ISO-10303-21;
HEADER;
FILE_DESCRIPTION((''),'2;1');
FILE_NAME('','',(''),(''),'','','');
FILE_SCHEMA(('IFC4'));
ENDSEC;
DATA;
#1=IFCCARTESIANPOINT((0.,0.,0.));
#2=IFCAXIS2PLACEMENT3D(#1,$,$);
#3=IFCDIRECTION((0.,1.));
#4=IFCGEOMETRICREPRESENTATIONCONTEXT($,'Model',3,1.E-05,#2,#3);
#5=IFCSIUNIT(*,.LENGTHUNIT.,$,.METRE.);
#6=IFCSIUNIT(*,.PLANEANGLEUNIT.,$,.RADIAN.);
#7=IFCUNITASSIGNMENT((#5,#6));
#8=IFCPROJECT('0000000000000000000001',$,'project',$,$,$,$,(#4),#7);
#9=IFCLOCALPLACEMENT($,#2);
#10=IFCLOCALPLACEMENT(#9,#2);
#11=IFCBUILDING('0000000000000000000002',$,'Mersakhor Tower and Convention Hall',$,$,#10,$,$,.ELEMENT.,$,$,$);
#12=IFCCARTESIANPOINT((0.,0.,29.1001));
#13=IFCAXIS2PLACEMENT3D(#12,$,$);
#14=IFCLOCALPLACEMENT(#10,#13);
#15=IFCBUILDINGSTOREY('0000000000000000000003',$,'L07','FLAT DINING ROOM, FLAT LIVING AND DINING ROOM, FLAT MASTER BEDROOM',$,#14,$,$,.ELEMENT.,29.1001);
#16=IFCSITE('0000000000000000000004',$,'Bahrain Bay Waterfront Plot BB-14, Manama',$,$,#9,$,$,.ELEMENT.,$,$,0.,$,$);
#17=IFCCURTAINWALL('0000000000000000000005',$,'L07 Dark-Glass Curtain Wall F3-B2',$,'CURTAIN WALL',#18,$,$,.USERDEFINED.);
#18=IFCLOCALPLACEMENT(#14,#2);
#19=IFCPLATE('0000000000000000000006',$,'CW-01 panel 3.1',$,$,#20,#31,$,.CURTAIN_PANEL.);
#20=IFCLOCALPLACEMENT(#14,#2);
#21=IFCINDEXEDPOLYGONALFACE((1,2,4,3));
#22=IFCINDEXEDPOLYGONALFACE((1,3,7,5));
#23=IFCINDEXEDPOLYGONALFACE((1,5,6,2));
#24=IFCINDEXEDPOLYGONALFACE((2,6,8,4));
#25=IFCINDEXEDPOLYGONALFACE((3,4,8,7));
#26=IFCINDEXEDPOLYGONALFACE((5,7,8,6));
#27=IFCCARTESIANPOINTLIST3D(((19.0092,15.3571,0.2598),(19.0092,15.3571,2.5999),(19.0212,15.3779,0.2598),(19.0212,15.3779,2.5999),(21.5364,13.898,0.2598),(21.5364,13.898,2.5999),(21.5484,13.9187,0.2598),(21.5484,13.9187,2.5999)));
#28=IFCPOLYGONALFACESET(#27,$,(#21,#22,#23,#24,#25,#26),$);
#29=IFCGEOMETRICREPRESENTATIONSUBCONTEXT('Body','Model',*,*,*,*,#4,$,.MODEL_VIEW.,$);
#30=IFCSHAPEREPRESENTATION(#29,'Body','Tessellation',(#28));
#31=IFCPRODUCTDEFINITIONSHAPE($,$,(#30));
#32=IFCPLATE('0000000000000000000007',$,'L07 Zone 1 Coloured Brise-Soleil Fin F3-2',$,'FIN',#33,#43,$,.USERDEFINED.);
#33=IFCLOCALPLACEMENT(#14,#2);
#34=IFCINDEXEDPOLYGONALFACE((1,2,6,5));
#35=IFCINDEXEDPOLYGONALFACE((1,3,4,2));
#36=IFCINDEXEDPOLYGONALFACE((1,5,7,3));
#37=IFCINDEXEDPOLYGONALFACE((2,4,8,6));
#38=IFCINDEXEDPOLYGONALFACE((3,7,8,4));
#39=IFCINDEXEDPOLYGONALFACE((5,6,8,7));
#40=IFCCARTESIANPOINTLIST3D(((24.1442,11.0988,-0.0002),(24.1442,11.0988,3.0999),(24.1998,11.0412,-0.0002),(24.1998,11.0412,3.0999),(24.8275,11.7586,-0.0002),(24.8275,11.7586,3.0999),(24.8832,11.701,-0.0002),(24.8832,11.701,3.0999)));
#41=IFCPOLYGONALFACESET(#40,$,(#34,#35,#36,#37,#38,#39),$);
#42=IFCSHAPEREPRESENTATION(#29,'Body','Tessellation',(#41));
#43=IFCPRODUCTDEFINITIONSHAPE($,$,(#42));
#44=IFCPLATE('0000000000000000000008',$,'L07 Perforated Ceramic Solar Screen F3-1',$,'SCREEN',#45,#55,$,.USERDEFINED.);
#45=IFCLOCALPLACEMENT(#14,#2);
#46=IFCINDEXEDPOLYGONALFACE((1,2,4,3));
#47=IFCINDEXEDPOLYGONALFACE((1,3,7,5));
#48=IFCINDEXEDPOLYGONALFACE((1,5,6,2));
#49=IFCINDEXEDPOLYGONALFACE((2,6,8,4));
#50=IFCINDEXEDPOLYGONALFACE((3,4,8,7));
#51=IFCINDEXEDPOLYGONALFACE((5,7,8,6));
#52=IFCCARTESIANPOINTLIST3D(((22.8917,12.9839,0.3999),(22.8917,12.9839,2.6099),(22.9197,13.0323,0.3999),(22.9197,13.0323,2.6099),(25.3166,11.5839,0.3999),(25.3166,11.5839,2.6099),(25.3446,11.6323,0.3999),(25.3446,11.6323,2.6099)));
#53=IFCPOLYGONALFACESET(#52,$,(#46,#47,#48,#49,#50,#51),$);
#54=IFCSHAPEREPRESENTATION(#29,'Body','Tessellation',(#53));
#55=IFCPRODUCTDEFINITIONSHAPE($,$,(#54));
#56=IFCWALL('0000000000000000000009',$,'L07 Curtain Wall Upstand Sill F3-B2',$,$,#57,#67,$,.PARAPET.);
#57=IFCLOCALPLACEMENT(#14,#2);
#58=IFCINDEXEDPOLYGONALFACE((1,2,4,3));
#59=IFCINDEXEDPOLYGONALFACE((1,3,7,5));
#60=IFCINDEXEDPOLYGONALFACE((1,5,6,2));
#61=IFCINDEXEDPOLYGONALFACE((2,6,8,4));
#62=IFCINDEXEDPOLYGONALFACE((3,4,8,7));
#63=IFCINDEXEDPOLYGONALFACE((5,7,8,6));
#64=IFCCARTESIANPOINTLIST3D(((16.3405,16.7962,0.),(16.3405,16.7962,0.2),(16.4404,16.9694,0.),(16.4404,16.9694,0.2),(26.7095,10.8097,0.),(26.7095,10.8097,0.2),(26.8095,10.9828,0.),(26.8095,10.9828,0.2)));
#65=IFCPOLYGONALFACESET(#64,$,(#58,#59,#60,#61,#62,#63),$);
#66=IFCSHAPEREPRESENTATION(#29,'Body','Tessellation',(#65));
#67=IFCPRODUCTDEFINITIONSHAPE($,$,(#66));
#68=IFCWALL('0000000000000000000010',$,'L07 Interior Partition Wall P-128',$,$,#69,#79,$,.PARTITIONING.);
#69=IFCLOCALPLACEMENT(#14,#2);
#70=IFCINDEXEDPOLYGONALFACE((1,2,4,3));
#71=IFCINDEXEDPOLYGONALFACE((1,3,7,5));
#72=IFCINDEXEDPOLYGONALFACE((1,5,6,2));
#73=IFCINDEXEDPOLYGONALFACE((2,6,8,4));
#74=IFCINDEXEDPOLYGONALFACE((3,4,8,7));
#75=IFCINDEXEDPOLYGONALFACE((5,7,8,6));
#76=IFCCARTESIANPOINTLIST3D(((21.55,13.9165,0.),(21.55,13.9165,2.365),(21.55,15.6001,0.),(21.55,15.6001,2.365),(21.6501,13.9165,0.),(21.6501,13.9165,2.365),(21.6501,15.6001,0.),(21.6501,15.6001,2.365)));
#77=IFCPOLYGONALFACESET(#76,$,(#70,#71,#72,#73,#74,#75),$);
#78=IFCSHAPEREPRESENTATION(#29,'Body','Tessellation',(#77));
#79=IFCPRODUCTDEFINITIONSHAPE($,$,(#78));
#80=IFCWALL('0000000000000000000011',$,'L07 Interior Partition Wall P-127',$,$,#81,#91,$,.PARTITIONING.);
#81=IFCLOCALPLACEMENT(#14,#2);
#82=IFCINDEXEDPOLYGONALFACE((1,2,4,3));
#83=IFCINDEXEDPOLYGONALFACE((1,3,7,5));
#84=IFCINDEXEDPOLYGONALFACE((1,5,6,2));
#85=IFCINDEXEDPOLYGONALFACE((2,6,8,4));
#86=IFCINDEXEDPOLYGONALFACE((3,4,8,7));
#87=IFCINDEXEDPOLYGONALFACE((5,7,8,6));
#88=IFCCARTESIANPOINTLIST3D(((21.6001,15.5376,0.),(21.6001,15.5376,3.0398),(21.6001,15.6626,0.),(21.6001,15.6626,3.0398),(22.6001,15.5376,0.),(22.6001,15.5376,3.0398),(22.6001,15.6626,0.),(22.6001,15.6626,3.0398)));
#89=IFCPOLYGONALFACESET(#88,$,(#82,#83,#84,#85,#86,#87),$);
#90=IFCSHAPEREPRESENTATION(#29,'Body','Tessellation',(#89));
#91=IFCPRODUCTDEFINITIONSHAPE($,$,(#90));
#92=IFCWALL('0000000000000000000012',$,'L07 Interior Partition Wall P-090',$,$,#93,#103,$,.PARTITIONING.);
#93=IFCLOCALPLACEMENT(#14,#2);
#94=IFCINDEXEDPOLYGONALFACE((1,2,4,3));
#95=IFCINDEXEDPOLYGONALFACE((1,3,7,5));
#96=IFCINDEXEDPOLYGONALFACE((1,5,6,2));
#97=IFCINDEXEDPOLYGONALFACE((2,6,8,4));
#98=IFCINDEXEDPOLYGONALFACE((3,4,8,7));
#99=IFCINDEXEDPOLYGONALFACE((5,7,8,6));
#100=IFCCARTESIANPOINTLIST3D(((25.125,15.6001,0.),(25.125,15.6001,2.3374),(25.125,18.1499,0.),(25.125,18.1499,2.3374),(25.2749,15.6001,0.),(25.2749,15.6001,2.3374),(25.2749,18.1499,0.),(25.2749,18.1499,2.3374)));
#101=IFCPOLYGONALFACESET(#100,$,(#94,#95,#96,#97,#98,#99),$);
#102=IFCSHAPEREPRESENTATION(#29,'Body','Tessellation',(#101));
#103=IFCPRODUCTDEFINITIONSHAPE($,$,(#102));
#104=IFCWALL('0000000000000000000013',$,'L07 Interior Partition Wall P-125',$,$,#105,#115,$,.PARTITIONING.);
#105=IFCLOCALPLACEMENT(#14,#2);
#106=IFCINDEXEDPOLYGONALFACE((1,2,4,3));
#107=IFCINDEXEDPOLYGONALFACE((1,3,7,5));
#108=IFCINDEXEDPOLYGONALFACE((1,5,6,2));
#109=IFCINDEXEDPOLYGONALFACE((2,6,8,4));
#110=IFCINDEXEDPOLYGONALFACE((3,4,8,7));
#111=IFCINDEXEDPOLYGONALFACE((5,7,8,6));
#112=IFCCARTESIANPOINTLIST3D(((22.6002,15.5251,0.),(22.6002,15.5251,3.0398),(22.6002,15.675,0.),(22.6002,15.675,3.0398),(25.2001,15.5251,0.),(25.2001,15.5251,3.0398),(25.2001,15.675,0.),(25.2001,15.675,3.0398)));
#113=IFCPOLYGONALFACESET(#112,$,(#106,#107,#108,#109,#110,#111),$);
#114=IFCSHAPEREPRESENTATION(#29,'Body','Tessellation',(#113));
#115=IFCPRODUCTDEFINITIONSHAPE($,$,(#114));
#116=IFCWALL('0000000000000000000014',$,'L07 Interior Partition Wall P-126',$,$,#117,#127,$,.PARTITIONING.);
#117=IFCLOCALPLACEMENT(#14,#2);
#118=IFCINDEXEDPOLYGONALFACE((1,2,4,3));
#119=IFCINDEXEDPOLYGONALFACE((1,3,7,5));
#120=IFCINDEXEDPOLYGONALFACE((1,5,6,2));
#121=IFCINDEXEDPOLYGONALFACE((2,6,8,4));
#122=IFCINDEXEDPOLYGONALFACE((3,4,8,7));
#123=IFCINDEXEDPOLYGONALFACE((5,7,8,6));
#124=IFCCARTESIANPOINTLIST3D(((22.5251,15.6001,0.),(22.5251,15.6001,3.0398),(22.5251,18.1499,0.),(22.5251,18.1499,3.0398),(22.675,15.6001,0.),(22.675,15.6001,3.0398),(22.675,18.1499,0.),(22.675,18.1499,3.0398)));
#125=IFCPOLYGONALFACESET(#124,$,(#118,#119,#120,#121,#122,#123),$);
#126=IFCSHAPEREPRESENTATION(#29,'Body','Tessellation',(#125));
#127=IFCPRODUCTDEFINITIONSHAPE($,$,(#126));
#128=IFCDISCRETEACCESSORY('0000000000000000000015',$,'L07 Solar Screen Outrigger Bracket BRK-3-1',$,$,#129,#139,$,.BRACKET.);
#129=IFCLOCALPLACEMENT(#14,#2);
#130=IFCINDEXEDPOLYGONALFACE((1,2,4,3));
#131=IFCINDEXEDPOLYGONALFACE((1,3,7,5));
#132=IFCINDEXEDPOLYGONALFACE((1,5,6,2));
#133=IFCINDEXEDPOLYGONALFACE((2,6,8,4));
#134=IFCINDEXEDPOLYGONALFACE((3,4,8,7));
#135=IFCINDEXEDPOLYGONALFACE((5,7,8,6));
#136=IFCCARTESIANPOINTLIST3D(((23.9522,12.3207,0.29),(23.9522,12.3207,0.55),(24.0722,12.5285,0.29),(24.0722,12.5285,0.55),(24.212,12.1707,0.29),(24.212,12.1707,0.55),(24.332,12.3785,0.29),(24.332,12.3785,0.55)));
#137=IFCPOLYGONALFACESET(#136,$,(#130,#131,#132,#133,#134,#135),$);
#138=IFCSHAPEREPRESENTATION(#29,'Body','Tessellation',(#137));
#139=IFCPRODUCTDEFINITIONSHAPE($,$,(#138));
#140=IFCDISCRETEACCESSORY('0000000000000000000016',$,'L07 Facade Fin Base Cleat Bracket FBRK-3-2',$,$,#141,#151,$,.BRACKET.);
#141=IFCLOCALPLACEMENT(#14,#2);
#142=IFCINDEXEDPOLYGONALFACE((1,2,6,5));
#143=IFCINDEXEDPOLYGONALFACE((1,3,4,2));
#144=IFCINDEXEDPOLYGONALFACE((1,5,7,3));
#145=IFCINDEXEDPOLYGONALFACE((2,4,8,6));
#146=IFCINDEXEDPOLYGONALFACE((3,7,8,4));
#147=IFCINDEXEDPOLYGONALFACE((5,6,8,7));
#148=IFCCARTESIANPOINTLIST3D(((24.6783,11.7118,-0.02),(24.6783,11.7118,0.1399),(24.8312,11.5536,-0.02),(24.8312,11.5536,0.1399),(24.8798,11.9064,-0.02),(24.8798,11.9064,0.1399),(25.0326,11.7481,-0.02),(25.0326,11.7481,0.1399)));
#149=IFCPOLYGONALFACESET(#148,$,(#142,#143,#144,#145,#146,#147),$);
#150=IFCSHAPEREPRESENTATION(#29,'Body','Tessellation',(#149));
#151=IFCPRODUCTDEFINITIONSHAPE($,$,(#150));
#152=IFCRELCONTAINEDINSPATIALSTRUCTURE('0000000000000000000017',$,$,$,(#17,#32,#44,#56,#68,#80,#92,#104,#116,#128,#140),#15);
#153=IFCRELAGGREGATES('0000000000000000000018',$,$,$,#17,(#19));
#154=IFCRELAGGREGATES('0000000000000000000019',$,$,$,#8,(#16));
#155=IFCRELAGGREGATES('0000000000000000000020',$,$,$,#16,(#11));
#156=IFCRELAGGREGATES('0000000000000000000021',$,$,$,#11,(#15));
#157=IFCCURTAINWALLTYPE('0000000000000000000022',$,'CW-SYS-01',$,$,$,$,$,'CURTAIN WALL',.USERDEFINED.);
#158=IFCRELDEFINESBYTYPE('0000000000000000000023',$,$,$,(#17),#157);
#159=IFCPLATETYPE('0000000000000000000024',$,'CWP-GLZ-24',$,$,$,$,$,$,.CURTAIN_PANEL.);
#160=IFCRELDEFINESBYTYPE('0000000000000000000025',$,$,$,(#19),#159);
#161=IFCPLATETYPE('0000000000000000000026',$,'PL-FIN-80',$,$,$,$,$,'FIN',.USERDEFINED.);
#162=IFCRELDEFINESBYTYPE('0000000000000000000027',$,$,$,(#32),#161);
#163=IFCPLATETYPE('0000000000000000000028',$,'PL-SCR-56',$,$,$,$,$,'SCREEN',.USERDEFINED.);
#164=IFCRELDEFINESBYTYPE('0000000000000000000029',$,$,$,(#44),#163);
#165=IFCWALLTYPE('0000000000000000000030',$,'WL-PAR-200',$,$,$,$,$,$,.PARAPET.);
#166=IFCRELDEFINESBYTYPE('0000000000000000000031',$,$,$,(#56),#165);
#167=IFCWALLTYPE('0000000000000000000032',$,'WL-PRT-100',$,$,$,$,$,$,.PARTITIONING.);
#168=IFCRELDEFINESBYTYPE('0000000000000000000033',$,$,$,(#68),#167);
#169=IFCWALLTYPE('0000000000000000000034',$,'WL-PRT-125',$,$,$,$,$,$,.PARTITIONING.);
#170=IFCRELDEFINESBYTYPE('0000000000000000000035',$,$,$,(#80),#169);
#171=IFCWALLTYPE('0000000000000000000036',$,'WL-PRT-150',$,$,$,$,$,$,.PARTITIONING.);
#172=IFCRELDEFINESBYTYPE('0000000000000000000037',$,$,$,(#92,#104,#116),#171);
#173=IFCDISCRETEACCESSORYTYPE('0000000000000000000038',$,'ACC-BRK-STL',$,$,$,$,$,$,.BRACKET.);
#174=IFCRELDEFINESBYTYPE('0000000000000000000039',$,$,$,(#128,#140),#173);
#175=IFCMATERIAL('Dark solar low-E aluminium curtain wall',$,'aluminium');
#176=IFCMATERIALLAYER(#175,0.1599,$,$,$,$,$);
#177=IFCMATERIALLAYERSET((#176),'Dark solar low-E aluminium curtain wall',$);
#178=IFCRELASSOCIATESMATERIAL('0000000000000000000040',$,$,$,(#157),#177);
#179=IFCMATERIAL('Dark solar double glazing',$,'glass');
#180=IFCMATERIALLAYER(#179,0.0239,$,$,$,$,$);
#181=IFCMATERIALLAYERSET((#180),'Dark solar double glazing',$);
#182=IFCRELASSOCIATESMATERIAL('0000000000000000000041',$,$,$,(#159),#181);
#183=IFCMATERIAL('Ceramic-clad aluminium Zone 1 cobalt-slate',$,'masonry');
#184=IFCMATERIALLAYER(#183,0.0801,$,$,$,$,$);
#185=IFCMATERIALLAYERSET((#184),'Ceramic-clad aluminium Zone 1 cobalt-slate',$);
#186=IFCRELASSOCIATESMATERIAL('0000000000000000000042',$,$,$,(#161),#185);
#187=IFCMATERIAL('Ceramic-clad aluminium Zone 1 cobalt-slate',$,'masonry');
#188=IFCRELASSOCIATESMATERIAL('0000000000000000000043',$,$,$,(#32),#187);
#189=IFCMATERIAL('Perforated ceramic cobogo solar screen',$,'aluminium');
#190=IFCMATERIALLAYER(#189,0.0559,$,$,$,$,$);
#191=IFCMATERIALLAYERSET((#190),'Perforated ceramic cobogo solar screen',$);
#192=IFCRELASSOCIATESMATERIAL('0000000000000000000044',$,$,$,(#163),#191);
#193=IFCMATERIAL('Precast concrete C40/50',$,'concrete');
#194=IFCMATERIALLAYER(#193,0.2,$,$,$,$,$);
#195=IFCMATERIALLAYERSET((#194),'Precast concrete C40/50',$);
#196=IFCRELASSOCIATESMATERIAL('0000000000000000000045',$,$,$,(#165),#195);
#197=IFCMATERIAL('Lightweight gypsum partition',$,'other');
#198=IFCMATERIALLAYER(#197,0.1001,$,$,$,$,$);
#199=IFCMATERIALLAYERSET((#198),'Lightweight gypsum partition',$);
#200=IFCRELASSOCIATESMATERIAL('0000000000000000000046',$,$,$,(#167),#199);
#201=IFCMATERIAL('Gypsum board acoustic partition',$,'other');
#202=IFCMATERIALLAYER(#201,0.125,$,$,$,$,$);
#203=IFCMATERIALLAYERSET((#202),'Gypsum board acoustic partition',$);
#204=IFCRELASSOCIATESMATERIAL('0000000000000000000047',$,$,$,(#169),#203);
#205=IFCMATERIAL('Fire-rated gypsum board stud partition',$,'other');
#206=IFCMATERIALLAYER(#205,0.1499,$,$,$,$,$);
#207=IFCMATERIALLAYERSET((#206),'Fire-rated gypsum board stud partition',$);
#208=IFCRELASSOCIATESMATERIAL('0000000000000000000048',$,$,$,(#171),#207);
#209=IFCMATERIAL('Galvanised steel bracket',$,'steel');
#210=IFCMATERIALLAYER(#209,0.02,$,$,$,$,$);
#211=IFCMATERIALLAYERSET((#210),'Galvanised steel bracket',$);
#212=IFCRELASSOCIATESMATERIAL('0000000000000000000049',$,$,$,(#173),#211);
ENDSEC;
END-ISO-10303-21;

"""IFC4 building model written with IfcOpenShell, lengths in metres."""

from ifc_helpers import new_model, si_unit, direction, frame, frame_2d, origin, origin_2d, place, context, subcontext, project, spatial, rectangle, extrude, material, layer, layer_set, type_object, element, aggregate, save


model = new_model("IFC4")

# Units and contexts
model_context = context("Model", 3, precision=1e-05, world=origin(), true_north=direction((0.0, 1.0)))
body_context = subcontext(model_context, "Body", "Model", "MODEL_VIEW")
ifc_project = project(units=[si_unit("LENGTHUNIT", "METRE"), si_unit("PLANEANGLEUNIT", "RADIAN")], contexts=[model_context])

# Site, building, storey
site_placement = place(None, origin())
site = spatial("IfcSite", under=ifc_project, at=site_placement, Name="Bahrain Bay Waterfront Plot BB-14, Manama", CompositionType="ELEMENT", RefElevation=0.0)
building_placement = place(site_placement, origin())
building = spatial("IfcBuilding", under=site, at=building_placement, Name="Mersakhor Tower and Convention Hall", CompositionType="ELEMENT")
storey_placement = place(building_placement, frame((0.0, 0.0, 29.1001)))
storey = spatial("IfcBuildingStorey", under=building, at=storey_placement, Name="L07", Description="FLAT DINING ROOM, FLAT LIVING AND DINING ROOM, FLAT MASTER BEDROOM", CompositionType="ELEMENT", Elevation=29.1001)

# Curtain wall, plate
ifc_material_1 = material(Name="Dark solar low-E aluminium curtain wall", Category="aluminium")
ifc_layer_1 = layer(ifc_material_1, 0.1599)
ifc_layer_set_1 = layer_set([ifc_layer_1], Name="Dark solar low-E aluminium curtain wall")
curtain_wall_type = type_object("IfcCurtainWallType", Name="CW-SYS-01", ElementType="CURTAIN WALL", PredefinedType="USERDEFINED", material=ifc_layer_set_1)
curtain_wall_placement = place(storey_placement, origin())
curtain_wall = element("IfcCurtainWall", 1, at=curtain_wall_placement, inside=storey, type_object=curtain_wall_type, Name="L07 Dark-Glass Curtain Wall F3-B2", ObjectType="CURTAIN WALL", PredefinedType="USERDEFINED")
ifc_material_2 = material(Name="Dark solar double glazing", Category="glass")
ifc_layer_2 = layer(ifc_material_2, 0.0239)
ifc_layer_set_2 = layer_set([ifc_layer_2], Name="Dark solar double glazing")
plate_type_1 = type_object("IfcPlateType", Name="CWP-GLZ-24", PredefinedType="CURTAIN_PANEL", material=ifc_layer_set_2)
plate_1_placement = place(storey_placement, frame((20.2788, 14.6379, 0.2598), z_axis=(0.0, 0.0, 1.0), x_axis=(-0.866023, 0.500003, 0.0)))
plate_1 = element("IfcPlate", 2, at=plate_1_placement, type_object=plate_type_1, Name="CW-01 panel 3.1", PredefinedType="CURTAIN_PANEL", context=body_context, shape_type="SweptSolid", body=[
    extrude(rectangle(XDim=2.9182, YDim=0.0239, at=origin_2d()), origin(), (0.0, 0.0, 1.0), 2.3401),
])
aggregate(curtain_wall, [plate_1])

# Plates
ifc_material_3 = material(Name="Ceramic-clad aluminium Zone 1 cobalt-slate", Category="masonry")
ifc_material_4 = material(Name="Ceramic-clad aluminium Zone 1 cobalt-slate", Category="masonry")
ifc_layer_3 = layer(ifc_material_4, 0.0801)
ifc_layer_set_3 = layer_set([ifc_layer_3], Name="Ceramic-clad aluminium Zone 1 cobalt-slate")
plate_type_2 = type_object("IfcPlateType", Name="PL-FIN-80", ElementType="FIN", PredefinedType="USERDEFINED", material=ifc_layer_set_3)
plate_2_placement = place(storey_placement, frame((24.5137, 11.3999, -0.0002), z_axis=(0.0, 0.0, 1.0), x_axis=(-0.71934, -0.694658, 0.0)))
element("IfcPlate", 3, at=plate_2_placement, inside=storey, type_object=plate_type_2, material=ifc_material_3, Name="L07 Zone 1 Coloured Brise-Soleil Fin F3-2", ObjectType="FIN", PredefinedType="USERDEFINED", context=body_context, shape_type="SweptSolid", body=[
    extrude(rectangle(XDim=0.95, YDim=0.0801, at=origin_2d()), origin(), (0.0, 0.0, 1.0), 3.1001),
])
ifc_material_5 = material(Name="Perforated ceramic cobogo solar screen", Category="aluminium")
ifc_layer_4 = layer(ifc_material_5, 0.0559)
ifc_layer_set_4 = layer_set([ifc_layer_4], Name="Perforated ceramic cobogo solar screen")
plate_type_3 = type_object("IfcPlateType", Name="PL-SCR-56", ElementType="SCREEN", PredefinedType="USERDEFINED", material=ifc_layer_set_4)
plate_3_placement = place(storey_placement, frame((24.1182, 12.3081, 0.3999), z_axis=(0.0, 0.0, 1.0), x_axis=(-0.866025, 0.5, 0.0)))
element("IfcPlate", 4, at=plate_3_placement, inside=storey, type_object=plate_type_3, Name="L07 Perforated Ceramic Solar Screen F3-1", ObjectType="SCREEN", PredefinedType="USERDEFINED", context=body_context, shape_type="SweptSolid", body=[
    extrude(rectangle(XDim=2.8, YDim=0.0559, at=origin_2d()), origin(), (0.0, 0.0, 1.0), 2.21),
])

# Walls
ifc_material_6 = material(Name="Precast concrete C40/50", Category="concrete")
ifc_layer_5 = layer(ifc_material_6, 0.2)
ifc_layer_set_5 = layer_set([ifc_layer_5], Name="Precast concrete C40/50")
wall_type_1 = type_object("IfcWallType", Name="WL-PAR-200", PredefinedType="PARAPET", material=ifc_layer_set_5)
wall_1_placement = place(storey_placement, frame((26.7595, 10.8962, 0.0), z_axis=(0.0, 0.0, 1.0), x_axis=(-0.866027, 0.499997, 0.0)))
element("IfcWall", 5, at=wall_1_placement, inside=storey, type_object=wall_type_1, Name="L07 Curtain Wall Upstand Sill F3-B2", PredefinedType="PARAPET", context=body_context, shape_type="SweptSolid", body=[
    extrude(rectangle(XDim=11.9731, YDim=0.2, at=frame_2d((5.9866, 0.0))), origin(), (0.0, 0.0, 1.0), 0.2),
])
ifc_material_7 = material(Name="Lightweight gypsum partition", Category="other")
ifc_layer_6 = layer(ifc_material_7, 0.1001)
ifc_layer_set_6 = layer_set([ifc_layer_6], Name="Lightweight gypsum partition")
wall_type_2 = type_object("IfcWallType", Name="WL-PRT-100", PredefinedType="PARTITIONING", material=ifc_layer_set_6)
wall_2_placement = place(storey_placement, frame((21.6001, 15.6001, 0.0), z_axis=(0.0, 0.0, 1.0), x_axis=(0.0, -1.0, 0.0)))
element("IfcWall", 6, at=wall_2_placement, inside=storey, type_object=wall_type_2, Name="L07 Interior Partition Wall P-128", PredefinedType="PARTITIONING", context=body_context, shape_type="SweptSolid", body=[
    extrude(rectangle(XDim=1.6836, YDim=0.1001, at=frame_2d((0.8418, 0.0))), origin(), (0.0, 0.0, 1.0), 2.365),
])
ifc_material_8 = material(Name="Gypsum board acoustic partition", Category="other")
ifc_layer_7 = layer(ifc_material_8, 0.125)
ifc_layer_set_7 = layer_set([ifc_layer_7], Name="Gypsum board acoustic partition")
wall_type_3 = type_object("IfcWallType", Name="WL-PRT-125", PredefinedType="PARTITIONING", material=ifc_layer_set_7)
wall_3_placement = place(storey_placement, frame((22.6001, 15.6001, 0.0), z_axis=(0.0, 0.0, 1.0), x_axis=(-1.0, 0.0, 0.0)))
element("IfcWall", 7, at=wall_3_placement, inside=storey, type_object=wall_type_3, Name="L07 Interior Partition Wall P-127", PredefinedType="PARTITIONING", context=body_context, shape_type="SweptSolid", body=[
    extrude(rectangle(XDim=1.0, YDim=0.125, at=frame_2d((0.5, 0.0))), origin(), (0.0, 0.0, 1.0), 3.0398),
])
ifc_material_9 = material(Name="Fire-rated gypsum board stud partition", Category="other")
ifc_layer_8 = layer(ifc_material_9, 0.1499)
ifc_layer_set_8 = layer_set([ifc_layer_8], Name="Fire-rated gypsum board stud partition")
wall_type_4 = type_object("IfcWallType", Name="WL-PRT-150", PredefinedType="PARTITIONING", material=ifc_layer_set_8)
wall_4_placement = place(storey_placement, frame((25.2, 15.6001, 0.0), z_axis=(0.0, 0.0, 1.0), x_axis=(0.0, 1.0, 0.0)))
element("IfcWall", 8, at=wall_4_placement, inside=storey, type_object=wall_type_4, Name="L07 Interior Partition Wall P-090", PredefinedType="PARTITIONING", context=body_context, shape_type="SweptSolid", body=[
    extrude(rectangle(XDim=2.5498, YDim=0.1499, at=frame_2d((1.2749, 0.0))), origin(), (0.0, 0.0, 1.0), 2.3374),
])
wall_5_placement = place(storey_placement, frame((25.2, 15.6001, 0.0), z_axis=(0.0, 0.0, 1.0), x_axis=(-1.0, 0.0, 0.0)))
element("IfcWall", 9, at=wall_5_placement, inside=storey, type_object=wall_type_4, Name="L07 Interior Partition Wall P-125", PredefinedType="PARTITIONING", context=body_context, shape_type="SweptSolid", body=[
    extrude(rectangle(XDim=2.5999, YDim=0.1499, at=frame_2d((1.2998, 0.0))), origin(), (0.0, 0.0, 1.0), 3.0398),
])
wall_6_placement = place(storey_placement, frame((22.6001, 15.6001, 0.0), z_axis=(0.0, 0.0, 1.0), x_axis=(0.0, 1.0, 0.0)))
element("IfcWall", 10, at=wall_6_placement, inside=storey, type_object=wall_type_4, Name="L07 Interior Partition Wall P-126", PredefinedType="PARTITIONING", context=body_context, shape_type="SweptSolid", body=[
    extrude(rectangle(XDim=2.5498, YDim=0.1499, at=frame_2d((1.2749, 0.0))), origin(), (0.0, 0.0, 1.0), 3.0398),
])

# Discrete accessories
ifc_material_10 = material(Name="Galvanised steel bracket", Category="steel")
ifc_layer_9 = layer(ifc_material_10, 0.02)
ifc_layer_set_9 = layer_set([ifc_layer_9], Name="Galvanised steel bracket")
discrete_accessory_type = type_object("IfcDiscreteAccessoryType", Name="ACC-BRK-STL", PredefinedType="BRACKET", material=ifc_layer_set_9)
discrete_accessory_1_placement = place(storey_placement, frame((24.1421, 12.3496, 0.29), z_axis=(0.0, 0.0, 1.0), x_axis=(-0.866025, 0.5, 0.0)))
element("IfcDiscreteAccessory", 11, at=discrete_accessory_1_placement, inside=storey, type_object=discrete_accessory_type, Name="L07 Solar Screen Outrigger Bracket BRK-3-1", PredefinedType="BRACKET", context=body_context, shape_type="SweptSolid", body=[
    extrude(rectangle(XDim=0.3, YDim=0.24, at=origin_2d()), origin(), (0.0, 0.0, 1.0), 0.26),
])
discrete_accessory_2_placement = place(storey_placement, frame((24.8555, 11.73, -0.02), z_axis=(0.0, 0.0, 1.0), x_axis=(-0.71934, -0.694658, 0.0)))
element("IfcDiscreteAccessory", 12, at=discrete_accessory_2_placement, inside=storey, type_object=discrete_accessory_type, Name="L07 Facade Fin Base Cleat Bracket FBRK-3-2", PredefinedType="BRACKET", context=body_context, shape_type="SweptSolid", body=[
    extrude(rectangle(XDim=0.28, YDim=0.22, at=origin_2d()), origin(), (0.0, 0.0, 1.0), 0.1599),
])

save(model, "model.ifc")
